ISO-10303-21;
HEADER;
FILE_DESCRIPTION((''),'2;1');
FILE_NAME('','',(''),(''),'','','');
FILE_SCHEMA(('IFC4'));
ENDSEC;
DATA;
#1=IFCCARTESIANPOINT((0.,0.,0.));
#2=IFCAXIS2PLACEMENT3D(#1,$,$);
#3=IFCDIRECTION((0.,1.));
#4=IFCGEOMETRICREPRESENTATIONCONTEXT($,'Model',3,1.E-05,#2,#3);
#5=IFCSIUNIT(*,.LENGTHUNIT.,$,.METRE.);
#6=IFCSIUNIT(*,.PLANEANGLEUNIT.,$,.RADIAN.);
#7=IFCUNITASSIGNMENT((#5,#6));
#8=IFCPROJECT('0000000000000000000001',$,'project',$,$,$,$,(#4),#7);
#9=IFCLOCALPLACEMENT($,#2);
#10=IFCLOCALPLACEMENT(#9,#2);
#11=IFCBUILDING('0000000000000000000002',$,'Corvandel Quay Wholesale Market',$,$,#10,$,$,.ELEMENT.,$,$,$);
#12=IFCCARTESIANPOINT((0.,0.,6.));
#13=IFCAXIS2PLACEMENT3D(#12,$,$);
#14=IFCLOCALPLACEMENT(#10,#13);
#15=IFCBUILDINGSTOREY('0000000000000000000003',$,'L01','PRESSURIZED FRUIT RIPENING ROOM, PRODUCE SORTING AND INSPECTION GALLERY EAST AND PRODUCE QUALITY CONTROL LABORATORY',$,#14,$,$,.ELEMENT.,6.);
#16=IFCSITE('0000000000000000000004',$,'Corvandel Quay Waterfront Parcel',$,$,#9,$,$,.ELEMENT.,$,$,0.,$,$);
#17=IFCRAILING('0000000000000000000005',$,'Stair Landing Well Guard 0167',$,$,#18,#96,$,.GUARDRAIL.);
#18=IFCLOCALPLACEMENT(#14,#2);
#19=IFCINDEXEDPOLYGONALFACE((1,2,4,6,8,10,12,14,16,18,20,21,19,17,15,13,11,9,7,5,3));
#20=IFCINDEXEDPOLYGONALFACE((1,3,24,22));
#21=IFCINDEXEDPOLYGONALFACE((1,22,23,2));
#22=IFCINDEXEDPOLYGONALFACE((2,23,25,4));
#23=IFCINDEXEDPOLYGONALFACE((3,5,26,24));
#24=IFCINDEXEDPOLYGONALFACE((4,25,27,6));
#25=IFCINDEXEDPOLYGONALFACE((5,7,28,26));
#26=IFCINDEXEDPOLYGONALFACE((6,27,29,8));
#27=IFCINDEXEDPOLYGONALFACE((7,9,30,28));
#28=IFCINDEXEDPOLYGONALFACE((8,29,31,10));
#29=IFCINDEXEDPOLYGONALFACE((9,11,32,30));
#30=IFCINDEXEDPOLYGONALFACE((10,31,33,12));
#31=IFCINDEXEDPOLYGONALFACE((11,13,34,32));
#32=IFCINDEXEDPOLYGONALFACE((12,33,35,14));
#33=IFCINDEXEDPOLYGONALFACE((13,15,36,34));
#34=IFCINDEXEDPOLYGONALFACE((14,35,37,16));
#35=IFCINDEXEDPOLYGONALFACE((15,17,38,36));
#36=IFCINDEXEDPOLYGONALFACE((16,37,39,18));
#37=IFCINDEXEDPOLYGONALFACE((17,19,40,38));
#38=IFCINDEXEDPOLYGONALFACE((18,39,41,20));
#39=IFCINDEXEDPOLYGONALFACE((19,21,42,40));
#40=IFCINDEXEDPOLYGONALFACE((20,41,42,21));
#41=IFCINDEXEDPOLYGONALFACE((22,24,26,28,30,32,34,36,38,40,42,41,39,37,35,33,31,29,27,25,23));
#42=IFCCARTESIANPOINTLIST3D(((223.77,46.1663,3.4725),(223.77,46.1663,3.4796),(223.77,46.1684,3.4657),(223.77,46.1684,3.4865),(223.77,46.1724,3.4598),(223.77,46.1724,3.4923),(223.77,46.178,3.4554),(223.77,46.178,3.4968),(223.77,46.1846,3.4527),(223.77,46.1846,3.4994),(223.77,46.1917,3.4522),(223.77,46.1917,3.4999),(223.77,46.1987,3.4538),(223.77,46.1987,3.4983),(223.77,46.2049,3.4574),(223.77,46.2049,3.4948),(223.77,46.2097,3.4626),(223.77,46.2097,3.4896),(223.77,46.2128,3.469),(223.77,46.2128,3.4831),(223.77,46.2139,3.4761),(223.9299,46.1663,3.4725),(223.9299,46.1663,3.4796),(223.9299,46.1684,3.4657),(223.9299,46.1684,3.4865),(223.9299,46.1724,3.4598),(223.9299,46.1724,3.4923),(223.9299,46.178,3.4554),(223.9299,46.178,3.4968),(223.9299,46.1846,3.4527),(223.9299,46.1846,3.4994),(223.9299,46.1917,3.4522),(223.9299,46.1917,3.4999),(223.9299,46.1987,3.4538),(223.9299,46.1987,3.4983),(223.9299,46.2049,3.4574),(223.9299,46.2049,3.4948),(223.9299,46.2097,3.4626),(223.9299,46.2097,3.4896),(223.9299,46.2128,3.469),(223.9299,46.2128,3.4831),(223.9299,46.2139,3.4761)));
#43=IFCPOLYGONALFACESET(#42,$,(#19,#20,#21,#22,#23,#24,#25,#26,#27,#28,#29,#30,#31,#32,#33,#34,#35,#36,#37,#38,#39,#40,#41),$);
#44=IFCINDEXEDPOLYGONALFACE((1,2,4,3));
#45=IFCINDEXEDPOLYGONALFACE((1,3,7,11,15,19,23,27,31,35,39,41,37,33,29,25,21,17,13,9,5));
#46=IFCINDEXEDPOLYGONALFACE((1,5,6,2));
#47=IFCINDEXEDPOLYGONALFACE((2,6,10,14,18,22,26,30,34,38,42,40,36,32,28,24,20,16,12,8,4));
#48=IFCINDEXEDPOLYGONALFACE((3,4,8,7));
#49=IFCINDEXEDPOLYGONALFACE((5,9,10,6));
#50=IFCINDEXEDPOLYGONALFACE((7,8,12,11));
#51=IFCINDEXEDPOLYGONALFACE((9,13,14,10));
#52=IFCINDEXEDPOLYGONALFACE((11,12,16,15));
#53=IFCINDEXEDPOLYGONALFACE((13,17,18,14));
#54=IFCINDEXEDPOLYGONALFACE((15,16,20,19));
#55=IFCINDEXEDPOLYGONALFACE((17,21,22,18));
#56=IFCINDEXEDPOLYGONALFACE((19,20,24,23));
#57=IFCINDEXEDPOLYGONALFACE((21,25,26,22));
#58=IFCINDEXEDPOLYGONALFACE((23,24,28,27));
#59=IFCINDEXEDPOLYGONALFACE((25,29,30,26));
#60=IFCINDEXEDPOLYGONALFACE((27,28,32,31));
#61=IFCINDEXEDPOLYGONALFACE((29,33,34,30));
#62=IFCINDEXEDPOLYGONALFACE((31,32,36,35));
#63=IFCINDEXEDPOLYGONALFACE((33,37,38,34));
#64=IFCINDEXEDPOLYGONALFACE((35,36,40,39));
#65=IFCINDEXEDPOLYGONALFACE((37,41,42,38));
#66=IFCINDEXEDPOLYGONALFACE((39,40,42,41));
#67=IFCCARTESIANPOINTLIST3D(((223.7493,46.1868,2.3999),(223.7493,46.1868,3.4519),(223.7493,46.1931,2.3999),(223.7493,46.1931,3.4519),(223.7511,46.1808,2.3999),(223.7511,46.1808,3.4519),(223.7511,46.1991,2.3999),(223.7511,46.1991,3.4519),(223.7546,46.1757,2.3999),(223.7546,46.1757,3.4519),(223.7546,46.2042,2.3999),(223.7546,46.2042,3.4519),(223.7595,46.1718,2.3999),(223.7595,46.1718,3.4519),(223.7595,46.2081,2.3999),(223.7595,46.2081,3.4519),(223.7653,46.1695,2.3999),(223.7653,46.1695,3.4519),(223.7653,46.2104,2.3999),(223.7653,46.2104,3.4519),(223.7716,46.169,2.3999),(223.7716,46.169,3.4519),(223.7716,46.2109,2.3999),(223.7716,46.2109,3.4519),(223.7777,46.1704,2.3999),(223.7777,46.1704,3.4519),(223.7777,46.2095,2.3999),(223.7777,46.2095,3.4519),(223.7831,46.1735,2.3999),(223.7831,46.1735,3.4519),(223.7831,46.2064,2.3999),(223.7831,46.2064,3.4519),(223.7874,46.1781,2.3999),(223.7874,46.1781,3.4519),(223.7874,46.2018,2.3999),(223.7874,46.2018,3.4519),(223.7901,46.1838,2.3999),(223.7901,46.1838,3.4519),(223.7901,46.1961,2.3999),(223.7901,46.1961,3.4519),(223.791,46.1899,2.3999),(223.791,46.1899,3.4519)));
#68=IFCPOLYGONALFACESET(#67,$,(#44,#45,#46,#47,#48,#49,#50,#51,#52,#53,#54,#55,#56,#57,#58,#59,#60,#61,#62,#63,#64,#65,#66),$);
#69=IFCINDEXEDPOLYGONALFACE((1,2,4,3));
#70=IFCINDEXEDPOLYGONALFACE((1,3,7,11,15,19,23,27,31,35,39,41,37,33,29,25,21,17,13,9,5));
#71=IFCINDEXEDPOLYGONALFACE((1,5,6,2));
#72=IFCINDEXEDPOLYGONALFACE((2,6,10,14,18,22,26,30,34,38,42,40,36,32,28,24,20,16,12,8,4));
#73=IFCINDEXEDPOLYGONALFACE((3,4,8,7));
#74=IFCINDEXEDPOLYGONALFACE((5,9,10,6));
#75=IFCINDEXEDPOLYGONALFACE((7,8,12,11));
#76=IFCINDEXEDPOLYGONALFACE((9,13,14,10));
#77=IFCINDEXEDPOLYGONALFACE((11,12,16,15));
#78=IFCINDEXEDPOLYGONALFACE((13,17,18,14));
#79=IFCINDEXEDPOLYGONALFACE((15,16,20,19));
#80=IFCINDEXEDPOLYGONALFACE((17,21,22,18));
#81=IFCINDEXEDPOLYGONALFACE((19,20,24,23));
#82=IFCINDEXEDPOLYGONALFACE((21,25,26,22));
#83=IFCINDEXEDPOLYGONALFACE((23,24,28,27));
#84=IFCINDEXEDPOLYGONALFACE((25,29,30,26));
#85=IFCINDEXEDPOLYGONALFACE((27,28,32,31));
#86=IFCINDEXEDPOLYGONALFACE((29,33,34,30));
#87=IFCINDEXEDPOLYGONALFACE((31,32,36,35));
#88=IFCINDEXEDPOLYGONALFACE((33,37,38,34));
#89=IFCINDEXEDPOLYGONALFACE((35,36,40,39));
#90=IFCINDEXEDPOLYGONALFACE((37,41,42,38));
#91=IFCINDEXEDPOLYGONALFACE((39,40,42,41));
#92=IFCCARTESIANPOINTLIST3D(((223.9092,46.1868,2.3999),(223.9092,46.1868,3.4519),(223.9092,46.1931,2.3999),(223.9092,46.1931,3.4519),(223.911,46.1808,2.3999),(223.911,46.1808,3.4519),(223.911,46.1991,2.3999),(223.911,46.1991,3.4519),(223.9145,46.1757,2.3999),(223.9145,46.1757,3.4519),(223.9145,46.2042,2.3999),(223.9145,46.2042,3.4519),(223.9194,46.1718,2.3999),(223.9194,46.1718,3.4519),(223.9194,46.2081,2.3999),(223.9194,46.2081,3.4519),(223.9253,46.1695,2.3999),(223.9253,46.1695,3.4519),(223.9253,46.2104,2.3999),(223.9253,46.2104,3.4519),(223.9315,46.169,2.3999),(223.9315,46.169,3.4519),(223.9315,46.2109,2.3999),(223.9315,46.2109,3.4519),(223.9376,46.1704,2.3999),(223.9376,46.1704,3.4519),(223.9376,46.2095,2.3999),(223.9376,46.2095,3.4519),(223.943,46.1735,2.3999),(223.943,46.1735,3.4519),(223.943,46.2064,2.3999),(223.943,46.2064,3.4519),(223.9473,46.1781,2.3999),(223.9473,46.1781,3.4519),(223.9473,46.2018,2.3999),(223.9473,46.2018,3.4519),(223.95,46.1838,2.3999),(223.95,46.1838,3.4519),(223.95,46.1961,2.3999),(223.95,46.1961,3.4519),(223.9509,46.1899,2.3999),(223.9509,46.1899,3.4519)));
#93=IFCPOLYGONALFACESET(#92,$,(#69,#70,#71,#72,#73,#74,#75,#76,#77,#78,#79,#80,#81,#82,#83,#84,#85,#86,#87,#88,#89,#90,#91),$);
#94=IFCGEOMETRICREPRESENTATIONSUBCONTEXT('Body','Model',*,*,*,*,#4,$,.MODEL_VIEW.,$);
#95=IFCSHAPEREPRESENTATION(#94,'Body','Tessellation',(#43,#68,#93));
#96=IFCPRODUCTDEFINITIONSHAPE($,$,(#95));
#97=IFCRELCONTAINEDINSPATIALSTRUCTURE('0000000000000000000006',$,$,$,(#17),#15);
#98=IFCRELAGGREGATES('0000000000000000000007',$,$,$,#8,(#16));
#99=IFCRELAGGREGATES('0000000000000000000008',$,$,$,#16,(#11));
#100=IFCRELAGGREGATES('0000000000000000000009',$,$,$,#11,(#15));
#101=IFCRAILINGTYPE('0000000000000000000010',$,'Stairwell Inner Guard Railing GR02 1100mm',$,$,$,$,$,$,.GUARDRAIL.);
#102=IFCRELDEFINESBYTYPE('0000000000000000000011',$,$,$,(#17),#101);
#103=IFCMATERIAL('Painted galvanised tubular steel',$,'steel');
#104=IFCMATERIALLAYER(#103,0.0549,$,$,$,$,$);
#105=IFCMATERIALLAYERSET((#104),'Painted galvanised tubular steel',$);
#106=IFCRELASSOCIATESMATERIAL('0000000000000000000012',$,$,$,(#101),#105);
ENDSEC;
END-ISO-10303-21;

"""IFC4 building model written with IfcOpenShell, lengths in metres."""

from ifc_helpers import new_model, si_unit, direction, frame, origin, origin_2d, place, context, subcontext, project, spatial, circle, extrude, material, layer, layer_set, type_object, element, save


model = new_model("IFC4")

# Units and contexts
model_context = context("Model", 3, precision=1e-05, world=origin(), true_north=direction((0.0, 1.0)))
body_context = subcontext(model_context, "Body", "Model", "MODEL_VIEW")
ifc_project = project(units=[si_unit("LENGTHUNIT", "METRE"), si_unit("PLANEANGLEUNIT", "RADIAN")], contexts=[model_context])

# Site, building, storey
site_placement = place(None, origin())
site = spatial("IfcSite", under=ifc_project, at=site_placement, Name="Corvandel Quay Waterfront Parcel", CompositionType="ELEMENT", RefElevation=0.0)
building_placement = place(site_placement, origin())
building = spatial("IfcBuilding", under=site, at=building_placement, Name="Corvandel Quay Wholesale Market", CompositionType="ELEMENT")
storey_placement = place(building_placement, frame((0.0, 0.0, 6.0)))
storey = spatial("IfcBuildingStorey", under=building, at=storey_placement, Name="L01", Description="PRESSURIZED FRUIT RIPENING ROOM, PRODUCE SORTING AND INSPECTION GALLERY EAST AND PRODUCE QUALITY CONTROL LABORATORY", CompositionType="ELEMENT", Elevation=6.0)

# Railing
ifc_material_1 = material(Name="Painted galvanised tubular steel", Category="steel")
ifc_layer_1 = layer(ifc_material_1, 0.0549)
ifc_layer_set_1 = layer_set([ifc_layer_1], Name="Painted galvanised tubular steel")
railing_type_1 = type_object("IfcRailingType", Name="Stairwell Inner Guard Railing GR02 1100mm", PredefinedType="GUARDRAIL", material=ifc_layer_set_1)
railing_placement = place(storey_placement, frame((223.77, 46.1899, 2.3999)))
element("IfcRailing", 1, at=railing_placement, inside=storey, type_object=railing_type_1, Name="Stair Landing Well Guard 0167", PredefinedType="GUARDRAIL", context=body_context, shape_type="SweptSolid", body=[
    extrude(circle(Radius=0.0239, at=origin_2d()), frame((0.0, 0.0, 1.0762), z_axis=(1.0, 0.0, 0.0), x_axis=(0.0, 1.0, 0.0)), (0.0, 0.0, 1.0), 0.1599),
    extrude(circle(Radius=0.021, at=origin_2d()), origin(), (0.0, 0.0, 1.0), 1.052),
    extrude(circle(Radius=0.021, at=origin_2d()), frame((0.1599, 0.0, 0.0)), (0.0, 0.0, 1.0), 1.052),
])

save(model, "model.ifc")
